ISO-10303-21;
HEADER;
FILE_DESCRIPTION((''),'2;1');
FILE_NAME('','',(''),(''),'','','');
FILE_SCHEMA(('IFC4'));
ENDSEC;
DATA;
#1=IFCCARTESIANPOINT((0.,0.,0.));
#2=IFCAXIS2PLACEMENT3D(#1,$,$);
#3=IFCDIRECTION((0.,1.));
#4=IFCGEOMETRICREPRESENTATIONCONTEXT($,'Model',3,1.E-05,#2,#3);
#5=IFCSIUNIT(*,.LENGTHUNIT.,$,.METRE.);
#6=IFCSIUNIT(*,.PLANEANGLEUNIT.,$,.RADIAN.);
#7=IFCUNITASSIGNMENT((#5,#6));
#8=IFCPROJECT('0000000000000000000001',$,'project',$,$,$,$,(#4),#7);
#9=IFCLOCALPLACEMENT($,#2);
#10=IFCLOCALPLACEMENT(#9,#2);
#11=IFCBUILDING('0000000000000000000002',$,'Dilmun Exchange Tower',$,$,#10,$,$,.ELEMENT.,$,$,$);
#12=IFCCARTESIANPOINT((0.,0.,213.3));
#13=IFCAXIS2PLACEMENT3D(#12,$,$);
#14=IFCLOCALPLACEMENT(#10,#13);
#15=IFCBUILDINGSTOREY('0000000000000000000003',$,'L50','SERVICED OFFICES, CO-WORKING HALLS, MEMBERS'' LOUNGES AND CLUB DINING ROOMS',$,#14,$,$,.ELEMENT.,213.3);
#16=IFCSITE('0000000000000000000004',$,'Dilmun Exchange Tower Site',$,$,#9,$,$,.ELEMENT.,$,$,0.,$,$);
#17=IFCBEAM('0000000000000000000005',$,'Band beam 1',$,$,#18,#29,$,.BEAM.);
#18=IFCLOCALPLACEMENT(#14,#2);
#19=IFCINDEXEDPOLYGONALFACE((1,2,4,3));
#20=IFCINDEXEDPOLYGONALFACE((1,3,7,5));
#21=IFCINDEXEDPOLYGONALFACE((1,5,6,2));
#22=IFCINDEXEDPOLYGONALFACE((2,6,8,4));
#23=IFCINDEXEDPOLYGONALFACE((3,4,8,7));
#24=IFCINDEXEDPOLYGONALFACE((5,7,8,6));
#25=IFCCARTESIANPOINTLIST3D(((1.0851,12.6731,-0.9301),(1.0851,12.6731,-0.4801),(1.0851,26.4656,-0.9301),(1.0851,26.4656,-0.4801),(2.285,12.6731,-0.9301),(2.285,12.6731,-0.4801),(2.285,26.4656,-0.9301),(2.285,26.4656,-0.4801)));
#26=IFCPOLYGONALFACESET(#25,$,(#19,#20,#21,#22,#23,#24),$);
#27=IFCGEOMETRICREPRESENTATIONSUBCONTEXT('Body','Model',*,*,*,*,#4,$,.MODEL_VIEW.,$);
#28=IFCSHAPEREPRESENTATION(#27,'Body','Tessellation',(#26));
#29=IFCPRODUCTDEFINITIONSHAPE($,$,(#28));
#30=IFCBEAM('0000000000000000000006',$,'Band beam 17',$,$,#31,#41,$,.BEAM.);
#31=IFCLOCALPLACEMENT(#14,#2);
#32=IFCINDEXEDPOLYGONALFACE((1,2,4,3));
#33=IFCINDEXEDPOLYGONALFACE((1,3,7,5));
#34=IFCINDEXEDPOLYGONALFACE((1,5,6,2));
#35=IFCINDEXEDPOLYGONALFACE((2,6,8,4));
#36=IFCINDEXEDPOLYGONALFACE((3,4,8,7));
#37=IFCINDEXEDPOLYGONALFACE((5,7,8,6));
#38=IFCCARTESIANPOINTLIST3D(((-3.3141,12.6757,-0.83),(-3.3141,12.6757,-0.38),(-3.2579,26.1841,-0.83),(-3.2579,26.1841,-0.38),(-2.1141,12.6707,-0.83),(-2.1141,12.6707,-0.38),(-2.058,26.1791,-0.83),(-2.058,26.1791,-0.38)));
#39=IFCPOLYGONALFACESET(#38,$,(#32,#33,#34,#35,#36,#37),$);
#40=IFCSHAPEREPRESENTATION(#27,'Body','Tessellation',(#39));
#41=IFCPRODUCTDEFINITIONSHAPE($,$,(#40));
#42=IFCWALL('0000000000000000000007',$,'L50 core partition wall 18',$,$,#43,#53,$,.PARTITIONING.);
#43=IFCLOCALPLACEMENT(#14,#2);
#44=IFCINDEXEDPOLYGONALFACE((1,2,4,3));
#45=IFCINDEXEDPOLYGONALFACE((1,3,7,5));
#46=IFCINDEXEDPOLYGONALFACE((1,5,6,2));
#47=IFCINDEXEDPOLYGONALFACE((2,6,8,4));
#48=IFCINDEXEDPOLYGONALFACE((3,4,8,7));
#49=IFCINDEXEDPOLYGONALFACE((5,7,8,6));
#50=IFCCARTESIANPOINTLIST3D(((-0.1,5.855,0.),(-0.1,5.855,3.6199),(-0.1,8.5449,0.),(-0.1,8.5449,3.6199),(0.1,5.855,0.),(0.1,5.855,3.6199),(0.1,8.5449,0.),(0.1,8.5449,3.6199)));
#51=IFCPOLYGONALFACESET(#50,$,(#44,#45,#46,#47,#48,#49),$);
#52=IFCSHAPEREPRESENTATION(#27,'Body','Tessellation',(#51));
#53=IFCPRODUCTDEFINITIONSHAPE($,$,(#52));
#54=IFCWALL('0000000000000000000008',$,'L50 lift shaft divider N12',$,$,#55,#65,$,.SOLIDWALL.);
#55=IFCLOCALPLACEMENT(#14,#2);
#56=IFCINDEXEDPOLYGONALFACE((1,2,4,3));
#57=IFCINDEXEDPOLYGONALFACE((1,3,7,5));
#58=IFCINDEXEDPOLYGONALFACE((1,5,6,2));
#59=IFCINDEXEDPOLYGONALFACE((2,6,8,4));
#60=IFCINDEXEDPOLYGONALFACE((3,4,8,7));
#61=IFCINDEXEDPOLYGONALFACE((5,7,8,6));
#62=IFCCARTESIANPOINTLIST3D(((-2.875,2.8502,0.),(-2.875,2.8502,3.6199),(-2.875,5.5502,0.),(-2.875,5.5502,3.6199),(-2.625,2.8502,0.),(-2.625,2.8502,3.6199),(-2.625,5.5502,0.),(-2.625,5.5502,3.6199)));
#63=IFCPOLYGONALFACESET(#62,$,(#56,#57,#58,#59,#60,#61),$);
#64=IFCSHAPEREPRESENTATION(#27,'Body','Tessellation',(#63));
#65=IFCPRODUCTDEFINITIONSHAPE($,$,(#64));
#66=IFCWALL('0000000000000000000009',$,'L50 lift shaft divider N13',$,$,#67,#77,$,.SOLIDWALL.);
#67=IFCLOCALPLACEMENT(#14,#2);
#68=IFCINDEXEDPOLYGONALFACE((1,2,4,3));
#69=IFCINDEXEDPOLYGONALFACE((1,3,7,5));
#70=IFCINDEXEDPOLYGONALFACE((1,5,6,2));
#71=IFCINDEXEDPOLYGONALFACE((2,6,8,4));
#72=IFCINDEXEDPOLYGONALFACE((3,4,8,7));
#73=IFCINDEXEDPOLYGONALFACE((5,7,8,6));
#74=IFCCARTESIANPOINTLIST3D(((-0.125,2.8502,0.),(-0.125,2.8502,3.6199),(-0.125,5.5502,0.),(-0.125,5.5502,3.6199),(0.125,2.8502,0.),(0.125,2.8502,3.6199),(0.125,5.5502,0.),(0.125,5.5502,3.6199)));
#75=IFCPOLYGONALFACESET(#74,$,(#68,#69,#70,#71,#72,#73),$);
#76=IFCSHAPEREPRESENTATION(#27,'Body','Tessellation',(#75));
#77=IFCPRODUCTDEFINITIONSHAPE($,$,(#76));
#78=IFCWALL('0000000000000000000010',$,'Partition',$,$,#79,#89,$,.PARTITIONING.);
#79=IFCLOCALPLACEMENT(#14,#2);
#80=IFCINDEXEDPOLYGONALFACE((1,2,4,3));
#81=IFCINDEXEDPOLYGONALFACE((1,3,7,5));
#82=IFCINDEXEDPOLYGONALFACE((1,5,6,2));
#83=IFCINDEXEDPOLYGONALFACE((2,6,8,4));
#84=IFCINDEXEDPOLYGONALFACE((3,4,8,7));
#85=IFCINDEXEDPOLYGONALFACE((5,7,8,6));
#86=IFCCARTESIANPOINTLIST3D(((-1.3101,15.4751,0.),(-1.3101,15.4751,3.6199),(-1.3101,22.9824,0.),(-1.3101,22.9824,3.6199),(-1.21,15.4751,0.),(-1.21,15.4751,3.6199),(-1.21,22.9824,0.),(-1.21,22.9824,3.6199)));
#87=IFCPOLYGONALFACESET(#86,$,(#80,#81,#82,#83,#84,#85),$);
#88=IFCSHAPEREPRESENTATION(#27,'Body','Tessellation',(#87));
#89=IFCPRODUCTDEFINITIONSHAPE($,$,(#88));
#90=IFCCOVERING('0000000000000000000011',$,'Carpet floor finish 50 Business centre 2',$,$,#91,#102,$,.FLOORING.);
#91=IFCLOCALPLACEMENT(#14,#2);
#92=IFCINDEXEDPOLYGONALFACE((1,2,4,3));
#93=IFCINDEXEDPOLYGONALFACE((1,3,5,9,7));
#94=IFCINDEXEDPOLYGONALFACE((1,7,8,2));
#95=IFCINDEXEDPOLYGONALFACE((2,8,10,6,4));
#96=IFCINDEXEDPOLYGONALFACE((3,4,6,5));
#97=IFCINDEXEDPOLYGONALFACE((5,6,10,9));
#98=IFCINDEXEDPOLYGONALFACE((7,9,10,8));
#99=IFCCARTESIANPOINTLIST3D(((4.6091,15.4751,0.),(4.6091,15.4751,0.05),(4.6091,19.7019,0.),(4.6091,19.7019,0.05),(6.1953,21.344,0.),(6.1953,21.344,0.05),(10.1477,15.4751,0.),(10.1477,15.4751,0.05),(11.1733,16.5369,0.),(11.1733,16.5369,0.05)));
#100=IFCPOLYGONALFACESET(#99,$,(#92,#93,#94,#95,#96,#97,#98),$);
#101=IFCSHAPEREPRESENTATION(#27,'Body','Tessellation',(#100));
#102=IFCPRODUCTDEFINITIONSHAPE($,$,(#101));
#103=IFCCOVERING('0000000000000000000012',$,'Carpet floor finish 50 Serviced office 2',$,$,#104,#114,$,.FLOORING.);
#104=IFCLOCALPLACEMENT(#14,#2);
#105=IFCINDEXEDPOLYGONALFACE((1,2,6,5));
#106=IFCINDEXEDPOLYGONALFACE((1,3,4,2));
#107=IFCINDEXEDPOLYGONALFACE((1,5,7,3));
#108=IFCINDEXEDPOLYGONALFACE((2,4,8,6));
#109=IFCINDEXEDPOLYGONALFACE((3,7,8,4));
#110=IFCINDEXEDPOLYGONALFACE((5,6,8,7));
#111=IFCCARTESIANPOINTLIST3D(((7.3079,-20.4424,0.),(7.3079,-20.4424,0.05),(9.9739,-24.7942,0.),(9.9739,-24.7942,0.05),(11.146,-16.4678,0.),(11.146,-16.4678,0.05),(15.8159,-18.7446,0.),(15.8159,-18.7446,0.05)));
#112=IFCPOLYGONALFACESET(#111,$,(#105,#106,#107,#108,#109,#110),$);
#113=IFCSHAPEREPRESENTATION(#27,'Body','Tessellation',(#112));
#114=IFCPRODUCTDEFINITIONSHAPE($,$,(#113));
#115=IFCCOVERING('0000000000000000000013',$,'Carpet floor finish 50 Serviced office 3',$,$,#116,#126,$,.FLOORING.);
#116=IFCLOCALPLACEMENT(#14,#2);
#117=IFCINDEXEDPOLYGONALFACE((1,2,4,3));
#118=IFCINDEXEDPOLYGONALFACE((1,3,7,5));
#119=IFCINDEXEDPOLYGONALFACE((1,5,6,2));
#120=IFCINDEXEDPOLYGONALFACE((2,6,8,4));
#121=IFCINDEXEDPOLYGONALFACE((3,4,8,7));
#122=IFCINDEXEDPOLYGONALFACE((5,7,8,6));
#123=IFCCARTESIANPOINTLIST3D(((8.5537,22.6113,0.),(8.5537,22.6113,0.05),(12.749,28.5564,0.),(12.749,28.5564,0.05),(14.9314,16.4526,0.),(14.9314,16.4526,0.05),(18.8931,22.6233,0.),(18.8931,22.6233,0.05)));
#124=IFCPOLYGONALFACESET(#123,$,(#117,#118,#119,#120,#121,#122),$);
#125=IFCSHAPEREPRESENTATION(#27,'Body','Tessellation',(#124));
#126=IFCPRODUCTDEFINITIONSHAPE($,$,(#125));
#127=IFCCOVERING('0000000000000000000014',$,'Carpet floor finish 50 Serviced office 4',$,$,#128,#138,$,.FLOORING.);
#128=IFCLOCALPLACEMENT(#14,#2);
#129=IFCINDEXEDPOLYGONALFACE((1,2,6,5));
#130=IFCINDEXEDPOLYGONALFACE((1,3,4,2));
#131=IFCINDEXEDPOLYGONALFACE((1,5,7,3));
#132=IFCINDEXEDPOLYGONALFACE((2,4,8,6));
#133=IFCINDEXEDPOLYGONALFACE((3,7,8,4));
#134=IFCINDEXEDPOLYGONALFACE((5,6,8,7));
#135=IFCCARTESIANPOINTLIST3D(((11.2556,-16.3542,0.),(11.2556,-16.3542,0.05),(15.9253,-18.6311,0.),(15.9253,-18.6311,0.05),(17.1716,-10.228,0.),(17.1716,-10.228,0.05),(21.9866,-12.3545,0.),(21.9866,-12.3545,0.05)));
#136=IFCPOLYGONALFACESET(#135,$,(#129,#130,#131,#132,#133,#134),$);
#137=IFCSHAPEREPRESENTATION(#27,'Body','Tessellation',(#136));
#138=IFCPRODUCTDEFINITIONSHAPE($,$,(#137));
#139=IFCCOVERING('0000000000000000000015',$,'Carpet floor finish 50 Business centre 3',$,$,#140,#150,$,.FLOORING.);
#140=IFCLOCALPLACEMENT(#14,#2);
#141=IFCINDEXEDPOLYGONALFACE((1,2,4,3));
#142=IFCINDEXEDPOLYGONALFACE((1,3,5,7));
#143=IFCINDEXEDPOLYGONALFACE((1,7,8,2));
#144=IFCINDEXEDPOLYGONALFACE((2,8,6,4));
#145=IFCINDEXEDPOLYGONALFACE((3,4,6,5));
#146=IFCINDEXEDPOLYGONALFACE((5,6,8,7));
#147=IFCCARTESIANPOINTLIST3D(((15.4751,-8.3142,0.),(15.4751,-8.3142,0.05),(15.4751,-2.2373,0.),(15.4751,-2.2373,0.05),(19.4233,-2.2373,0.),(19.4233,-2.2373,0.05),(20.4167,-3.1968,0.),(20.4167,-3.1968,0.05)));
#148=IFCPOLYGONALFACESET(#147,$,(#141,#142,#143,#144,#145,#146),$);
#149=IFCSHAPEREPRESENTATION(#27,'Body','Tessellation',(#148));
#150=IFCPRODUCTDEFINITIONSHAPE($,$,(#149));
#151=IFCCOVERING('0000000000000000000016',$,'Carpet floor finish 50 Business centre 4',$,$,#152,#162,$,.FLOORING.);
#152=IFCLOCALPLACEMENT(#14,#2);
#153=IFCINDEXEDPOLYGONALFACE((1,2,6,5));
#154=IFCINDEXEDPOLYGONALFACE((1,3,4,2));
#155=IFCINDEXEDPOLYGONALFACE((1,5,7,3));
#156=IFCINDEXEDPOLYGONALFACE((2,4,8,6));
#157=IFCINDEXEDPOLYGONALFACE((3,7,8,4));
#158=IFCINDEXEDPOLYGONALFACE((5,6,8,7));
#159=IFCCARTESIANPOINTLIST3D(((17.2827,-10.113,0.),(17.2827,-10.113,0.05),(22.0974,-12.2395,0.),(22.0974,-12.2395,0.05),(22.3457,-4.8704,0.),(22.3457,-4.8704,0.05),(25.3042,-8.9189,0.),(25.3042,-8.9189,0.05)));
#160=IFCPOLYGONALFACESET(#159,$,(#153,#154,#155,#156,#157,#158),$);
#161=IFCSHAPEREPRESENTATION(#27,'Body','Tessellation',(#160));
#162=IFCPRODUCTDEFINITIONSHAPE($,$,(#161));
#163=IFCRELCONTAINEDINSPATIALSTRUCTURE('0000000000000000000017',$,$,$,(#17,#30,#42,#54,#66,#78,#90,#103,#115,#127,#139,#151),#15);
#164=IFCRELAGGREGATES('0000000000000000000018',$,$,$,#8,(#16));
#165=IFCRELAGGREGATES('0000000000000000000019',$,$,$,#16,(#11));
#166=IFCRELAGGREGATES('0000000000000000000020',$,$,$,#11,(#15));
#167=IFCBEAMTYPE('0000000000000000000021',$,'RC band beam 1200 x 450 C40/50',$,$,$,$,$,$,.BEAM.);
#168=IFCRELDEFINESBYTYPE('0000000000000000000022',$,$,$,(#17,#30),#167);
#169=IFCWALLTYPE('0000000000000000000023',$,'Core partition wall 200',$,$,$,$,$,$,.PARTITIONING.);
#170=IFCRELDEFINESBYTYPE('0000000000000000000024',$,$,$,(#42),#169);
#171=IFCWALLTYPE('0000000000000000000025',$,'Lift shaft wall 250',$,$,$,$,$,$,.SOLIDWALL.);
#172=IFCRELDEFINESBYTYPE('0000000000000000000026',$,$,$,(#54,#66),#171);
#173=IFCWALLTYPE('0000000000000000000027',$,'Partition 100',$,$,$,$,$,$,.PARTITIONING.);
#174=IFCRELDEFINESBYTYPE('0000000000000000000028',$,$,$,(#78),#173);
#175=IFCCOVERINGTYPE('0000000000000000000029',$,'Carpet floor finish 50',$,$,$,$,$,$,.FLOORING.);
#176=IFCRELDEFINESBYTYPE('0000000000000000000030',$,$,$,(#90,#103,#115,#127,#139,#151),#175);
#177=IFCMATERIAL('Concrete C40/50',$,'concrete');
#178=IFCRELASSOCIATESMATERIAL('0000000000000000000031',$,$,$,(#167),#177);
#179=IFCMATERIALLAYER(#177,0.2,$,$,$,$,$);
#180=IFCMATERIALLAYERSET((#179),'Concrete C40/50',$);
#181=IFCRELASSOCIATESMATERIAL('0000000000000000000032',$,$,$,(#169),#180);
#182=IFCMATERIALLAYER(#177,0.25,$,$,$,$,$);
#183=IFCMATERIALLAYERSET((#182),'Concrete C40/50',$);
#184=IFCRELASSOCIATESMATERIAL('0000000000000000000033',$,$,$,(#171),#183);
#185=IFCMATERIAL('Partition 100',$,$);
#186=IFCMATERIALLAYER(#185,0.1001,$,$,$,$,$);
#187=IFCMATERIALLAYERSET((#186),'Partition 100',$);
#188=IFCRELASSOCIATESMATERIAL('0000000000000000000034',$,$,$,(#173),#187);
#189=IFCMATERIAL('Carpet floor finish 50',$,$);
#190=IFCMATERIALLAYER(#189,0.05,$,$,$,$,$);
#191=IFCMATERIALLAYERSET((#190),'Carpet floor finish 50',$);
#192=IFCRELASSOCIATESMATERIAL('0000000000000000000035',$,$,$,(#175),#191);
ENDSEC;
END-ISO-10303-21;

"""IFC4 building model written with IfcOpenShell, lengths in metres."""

from ifc_helpers import new_model, si_unit, direction, frame, frame_2d, origin, origin_2d, place, context, subcontext, project, spatial, polyline, rectangle, outline, extrude, material, layer, layer_set, material_profile, profile_set, type_object, element, save


model = new_model("IFC4")

# Units and contexts
model_context = context("Model", 3, precision=1e-05, world=origin(), true_north=direction((0.0, 1.0)))
body_context = subcontext(model_context, "Body", "Model", "MODEL_VIEW")
ifc_project = project(units=[si_unit("LENGTHUNIT", "METRE"), si_unit("PLANEANGLEUNIT", "RADIAN")], contexts=[model_context])

# Site, building, storey
site_placement = place(None, origin())
site = spatial("IfcSite", under=ifc_project, at=site_placement, Name="Dilmun Exchange Tower Site", CompositionType="ELEMENT", RefElevation=0.0)
building_placement = place(site_placement, origin())
building = spatial("IfcBuilding", under=site, at=building_placement, Name="Dilmun Exchange Tower", CompositionType="ELEMENT")
storey_placement = place(building_placement, frame((0.0, 0.0, 213.3)))
storey = spatial("IfcBuildingStorey", under=building, at=storey_placement, Name="L50", Description="SERVICED OFFICES, CO-WORKING HALLS, MEMBERS' LOUNGES AND CLUB DINING ROOMS", CompositionType="ELEMENT", Elevation=213.3)

# Beams
ifc_material_1 = material(Name="Concrete C40/50", Category="concrete")
ifc_material_profile = material_profile(ifc_material_1, rectangle(XDim=1.2, YDim=0.45, at=origin_2d()), Name="1200 x 450")
ifc_profile_set = profile_set([ifc_material_profile], Name="Concrete C40/50")
beam_type = type_object("IfcBeamType", Name="RC band beam 1200 x 450 C40/50", PredefinedType="BEAM", material=ifc_profile_set)
beam_1_placement = place(storey_placement, frame((1.6851, 26.4656, -0.7051), z_axis=(0.0, -1.0, 0.0), x_axis=(1.0, 0.0, 0.0)))
element("IfcBeam", 1, at=beam_1_placement, inside=storey, type_object=beam_type, Name="Band beam 1", PredefinedType="BEAM", context=body_context, shape_type="SweptSolid", body=[
    extrude(rectangle(XDim=1.2, YDim=0.45, at=origin_2d()), origin(), (0.0, 0.0, 1.0), 13.7925),
])
beam_2_placement = place(storey_placement, frame((-2.658, 26.1816, -0.605), z_axis=(-0.004157, -0.999991, 0.0), x_axis=(0.999991, -0.004157, 0.0)))
element("IfcBeam", 2, at=beam_2_placement, inside=storey, type_object=beam_type, Name="Band beam 17", PredefinedType="BEAM", context=body_context, shape_type="SweptSolid", body=[
    extrude(rectangle(XDim=1.2, YDim=0.45, at=origin_2d()), origin(), (0.0, 0.0, 1.0), 13.5085),
])

# Walls
ifc_layer_1 = layer(ifc_material_1, 0.2)
ifc_layer_set_1 = layer_set([ifc_layer_1], Name="Concrete C40/50")
wall_type_1 = type_object("IfcWallType", Name="Core partition wall 200", PredefinedType="PARTITIONING", material=ifc_layer_set_1)
wall_1_placement = place(storey_placement, frame((0.0, 5.855, 0.0), z_axis=(0.0, 0.0, 1.0), x_axis=(0.0, 1.0, 0.0)))
element("IfcWall", 3, at=wall_1_placement, inside=storey, type_object=wall_type_1, Name="L50 core partition wall 18", PredefinedType="PARTITIONING", context=body_context, shape_type="SweptSolid", body=[
    extrude(rectangle(XDim=2.6899, YDim=0.2, at=frame_2d((1.345, 0.0))), origin(), (0.0, 0.0, 1.0), 3.6199),
])
ifc_layer_2 = layer(ifc_material_1, 0.25)
ifc_layer_set_2 = layer_set([ifc_layer_2], Name="Concrete C40/50")
wall_type_2 = type_object("IfcWallType", Name="Lift shaft wall 250", PredefinedType="SOLIDWALL", material=ifc_layer_set_2)
for number, where, z_axis, x_axis, name in (
    (4, (-2.75, 2.8501, 0.0), (0.0, 0.0, 1.0), (0.0, 1.0, 0.0), "L50 lift shaft divider N12"),
    (5, (0.0, 2.8501, 0.0), (0.0, 0.0, 1.0), (0.0, 1.0, 0.0), "L50 lift shaft divider N13"),
):
    element("IfcWall", number, at=place(storey_placement, frame(where, z_axis=z_axis, x_axis=x_axis)), inside=storey, type_object=wall_type_2, Name=name, PredefinedType="SOLIDWALL", context=body_context, shape_type="SweptSolid", body=[
        extrude(rectangle(XDim=2.7, YDim=0.25, at=frame_2d((1.3501, 0.0))), origin(), (0.0, 0.0, 1.0), 3.6199),
    ])
ifc_material_2 = material(Name="Partition 100")
ifc_layer_3 = layer(ifc_material_2, 0.1001)
ifc_layer_set_3 = layer_set([ifc_layer_3], Name="Partition 100")
wall_type_3 = type_object("IfcWallType", Name="Partition 100", PredefinedType="PARTITIONING", material=ifc_layer_set_3)
wall_2_placement = place(storey_placement, frame((-1.26, 15.4751, 0.0), z_axis=(0.0, 0.0, 1.0), x_axis=(0.0, 1.0, 0.0)))
element("IfcWall", 6, at=wall_2_placement, inside=storey, type_object=wall_type_3, Name="Partition", PredefinedType="PARTITIONING", context=body_context, shape_type="SweptSolid", body=[
    extrude(rectangle(XDim=7.5073, YDim=0.1001, at=frame_2d((3.7537, 0.0))), origin(), (0.0, 0.0, 1.0), 3.6199),
])

# Coverings
ifc_material_3 = material(Name="Carpet floor finish 50")
ifc_layer_4 = layer(ifc_material_3, 0.05)
ifc_layer_set_4 = layer_set([ifc_layer_4], Name="Carpet floor finish 50")
covering_type_1 = type_object("IfcCoveringType", Name="Carpet floor finish 50", PredefinedType="FLOORING", material=ifc_layer_set_4)
covering_1_placement = place(storey_placement, origin())
element("IfcCovering", 7, at=covering_1_placement, inside=storey, type_object=covering_type_1, Name="Carpet floor finish 50 Business centre 2", PredefinedType="FLOORING", context=body_context, shape_type="SweptSolid", body=[
    extrude(outline(polyline([(10.1477, 15.4751), (4.6091, 15.4751), (4.6091, 19.7019), (6.1953, 21.344), (11.1733, 16.5369), (10.1477, 15.4751)])), origin(), (0.0, 0.0, 1.0), 0.05),
])
covering_2_placement = place(storey_placement, origin())
element("IfcCovering", 8, at=covering_2_placement, inside=storey, type_object=covering_type_1, Name="Carpet floor finish 50 Serviced office 2", PredefinedType="FLOORING", context=body_context, shape_type="SweptSolid", body=[
    extrude(outline(polyline([(15.8159, -18.7446), (9.9739, -24.7942), (7.3079, -20.4424), (11.146, -16.4678), (15.8159, -18.7446)])), origin(), (0.0, 0.0, 1.0), 0.05),
])
covering_3_placement = place(storey_placement, origin())
element("IfcCovering", 9, at=covering_3_placement, inside=storey, type_object=covering_type_1, Name="Carpet floor finish 50 Serviced office 3", PredefinedType="FLOORING", context=body_context, shape_type="SweptSolid", body=[
    extrude(outline(polyline([(14.9314, 16.4526), (8.5537, 22.6113), (12.749, 28.5564), (18.8931, 22.6233), (14.9314, 16.4526)])), origin(), (0.0, 0.0, 1.0), 0.05),
])
covering_4_placement = place(storey_placement, origin())
element("IfcCovering", 10, at=covering_4_placement, inside=storey, type_object=covering_type_1, Name="Carpet floor finish 50 Serviced office 4", PredefinedType="FLOORING", context=body_context, shape_type="SweptSolid", body=[
    extrude(outline(polyline([(11.2556, -16.3542), (17.1716, -10.228), (21.9866, -12.3545), (15.9253, -18.6311), (11.2556, -16.3542)])), origin(), (0.0, 0.0, 1.0), 0.05),
])
covering_5_placement = place(storey_placement, origin())
element("IfcCovering", 11, at=covering_5_placement, inside=storey, type_object=covering_type_1, Name="Carpet floor finish 50 Business centre 3", PredefinedType="FLOORING", context=body_context, shape_type="SweptSolid", body=[
    extrude(outline(polyline([(15.4751, -2.2373), (19.4233, -2.2373), (20.4167, -3.1968), (15.4751, -8.3142), (15.4751, -2.2373)])), origin(), (0.0, 0.0, 1.0), 0.05),
])
covering_6_placement = place(storey_placement, origin())
element("IfcCovering", 12, at=covering_6_placement, inside=storey, type_object=covering_type_1, Name="Carpet floor finish 50 Business centre 4", PredefinedType="FLOORING", context=body_context, shape_type="SweptSolid", body=[
    extrude(outline(polyline([(17.2827, -10.113), (22.3457, -4.8704), (25.3042, -8.9189), (22.0974, -12.2395), (17.2827, -10.113)])), origin(), (0.0, 0.0, 1.0), 0.05),
])

save(model, "model.ifc")
